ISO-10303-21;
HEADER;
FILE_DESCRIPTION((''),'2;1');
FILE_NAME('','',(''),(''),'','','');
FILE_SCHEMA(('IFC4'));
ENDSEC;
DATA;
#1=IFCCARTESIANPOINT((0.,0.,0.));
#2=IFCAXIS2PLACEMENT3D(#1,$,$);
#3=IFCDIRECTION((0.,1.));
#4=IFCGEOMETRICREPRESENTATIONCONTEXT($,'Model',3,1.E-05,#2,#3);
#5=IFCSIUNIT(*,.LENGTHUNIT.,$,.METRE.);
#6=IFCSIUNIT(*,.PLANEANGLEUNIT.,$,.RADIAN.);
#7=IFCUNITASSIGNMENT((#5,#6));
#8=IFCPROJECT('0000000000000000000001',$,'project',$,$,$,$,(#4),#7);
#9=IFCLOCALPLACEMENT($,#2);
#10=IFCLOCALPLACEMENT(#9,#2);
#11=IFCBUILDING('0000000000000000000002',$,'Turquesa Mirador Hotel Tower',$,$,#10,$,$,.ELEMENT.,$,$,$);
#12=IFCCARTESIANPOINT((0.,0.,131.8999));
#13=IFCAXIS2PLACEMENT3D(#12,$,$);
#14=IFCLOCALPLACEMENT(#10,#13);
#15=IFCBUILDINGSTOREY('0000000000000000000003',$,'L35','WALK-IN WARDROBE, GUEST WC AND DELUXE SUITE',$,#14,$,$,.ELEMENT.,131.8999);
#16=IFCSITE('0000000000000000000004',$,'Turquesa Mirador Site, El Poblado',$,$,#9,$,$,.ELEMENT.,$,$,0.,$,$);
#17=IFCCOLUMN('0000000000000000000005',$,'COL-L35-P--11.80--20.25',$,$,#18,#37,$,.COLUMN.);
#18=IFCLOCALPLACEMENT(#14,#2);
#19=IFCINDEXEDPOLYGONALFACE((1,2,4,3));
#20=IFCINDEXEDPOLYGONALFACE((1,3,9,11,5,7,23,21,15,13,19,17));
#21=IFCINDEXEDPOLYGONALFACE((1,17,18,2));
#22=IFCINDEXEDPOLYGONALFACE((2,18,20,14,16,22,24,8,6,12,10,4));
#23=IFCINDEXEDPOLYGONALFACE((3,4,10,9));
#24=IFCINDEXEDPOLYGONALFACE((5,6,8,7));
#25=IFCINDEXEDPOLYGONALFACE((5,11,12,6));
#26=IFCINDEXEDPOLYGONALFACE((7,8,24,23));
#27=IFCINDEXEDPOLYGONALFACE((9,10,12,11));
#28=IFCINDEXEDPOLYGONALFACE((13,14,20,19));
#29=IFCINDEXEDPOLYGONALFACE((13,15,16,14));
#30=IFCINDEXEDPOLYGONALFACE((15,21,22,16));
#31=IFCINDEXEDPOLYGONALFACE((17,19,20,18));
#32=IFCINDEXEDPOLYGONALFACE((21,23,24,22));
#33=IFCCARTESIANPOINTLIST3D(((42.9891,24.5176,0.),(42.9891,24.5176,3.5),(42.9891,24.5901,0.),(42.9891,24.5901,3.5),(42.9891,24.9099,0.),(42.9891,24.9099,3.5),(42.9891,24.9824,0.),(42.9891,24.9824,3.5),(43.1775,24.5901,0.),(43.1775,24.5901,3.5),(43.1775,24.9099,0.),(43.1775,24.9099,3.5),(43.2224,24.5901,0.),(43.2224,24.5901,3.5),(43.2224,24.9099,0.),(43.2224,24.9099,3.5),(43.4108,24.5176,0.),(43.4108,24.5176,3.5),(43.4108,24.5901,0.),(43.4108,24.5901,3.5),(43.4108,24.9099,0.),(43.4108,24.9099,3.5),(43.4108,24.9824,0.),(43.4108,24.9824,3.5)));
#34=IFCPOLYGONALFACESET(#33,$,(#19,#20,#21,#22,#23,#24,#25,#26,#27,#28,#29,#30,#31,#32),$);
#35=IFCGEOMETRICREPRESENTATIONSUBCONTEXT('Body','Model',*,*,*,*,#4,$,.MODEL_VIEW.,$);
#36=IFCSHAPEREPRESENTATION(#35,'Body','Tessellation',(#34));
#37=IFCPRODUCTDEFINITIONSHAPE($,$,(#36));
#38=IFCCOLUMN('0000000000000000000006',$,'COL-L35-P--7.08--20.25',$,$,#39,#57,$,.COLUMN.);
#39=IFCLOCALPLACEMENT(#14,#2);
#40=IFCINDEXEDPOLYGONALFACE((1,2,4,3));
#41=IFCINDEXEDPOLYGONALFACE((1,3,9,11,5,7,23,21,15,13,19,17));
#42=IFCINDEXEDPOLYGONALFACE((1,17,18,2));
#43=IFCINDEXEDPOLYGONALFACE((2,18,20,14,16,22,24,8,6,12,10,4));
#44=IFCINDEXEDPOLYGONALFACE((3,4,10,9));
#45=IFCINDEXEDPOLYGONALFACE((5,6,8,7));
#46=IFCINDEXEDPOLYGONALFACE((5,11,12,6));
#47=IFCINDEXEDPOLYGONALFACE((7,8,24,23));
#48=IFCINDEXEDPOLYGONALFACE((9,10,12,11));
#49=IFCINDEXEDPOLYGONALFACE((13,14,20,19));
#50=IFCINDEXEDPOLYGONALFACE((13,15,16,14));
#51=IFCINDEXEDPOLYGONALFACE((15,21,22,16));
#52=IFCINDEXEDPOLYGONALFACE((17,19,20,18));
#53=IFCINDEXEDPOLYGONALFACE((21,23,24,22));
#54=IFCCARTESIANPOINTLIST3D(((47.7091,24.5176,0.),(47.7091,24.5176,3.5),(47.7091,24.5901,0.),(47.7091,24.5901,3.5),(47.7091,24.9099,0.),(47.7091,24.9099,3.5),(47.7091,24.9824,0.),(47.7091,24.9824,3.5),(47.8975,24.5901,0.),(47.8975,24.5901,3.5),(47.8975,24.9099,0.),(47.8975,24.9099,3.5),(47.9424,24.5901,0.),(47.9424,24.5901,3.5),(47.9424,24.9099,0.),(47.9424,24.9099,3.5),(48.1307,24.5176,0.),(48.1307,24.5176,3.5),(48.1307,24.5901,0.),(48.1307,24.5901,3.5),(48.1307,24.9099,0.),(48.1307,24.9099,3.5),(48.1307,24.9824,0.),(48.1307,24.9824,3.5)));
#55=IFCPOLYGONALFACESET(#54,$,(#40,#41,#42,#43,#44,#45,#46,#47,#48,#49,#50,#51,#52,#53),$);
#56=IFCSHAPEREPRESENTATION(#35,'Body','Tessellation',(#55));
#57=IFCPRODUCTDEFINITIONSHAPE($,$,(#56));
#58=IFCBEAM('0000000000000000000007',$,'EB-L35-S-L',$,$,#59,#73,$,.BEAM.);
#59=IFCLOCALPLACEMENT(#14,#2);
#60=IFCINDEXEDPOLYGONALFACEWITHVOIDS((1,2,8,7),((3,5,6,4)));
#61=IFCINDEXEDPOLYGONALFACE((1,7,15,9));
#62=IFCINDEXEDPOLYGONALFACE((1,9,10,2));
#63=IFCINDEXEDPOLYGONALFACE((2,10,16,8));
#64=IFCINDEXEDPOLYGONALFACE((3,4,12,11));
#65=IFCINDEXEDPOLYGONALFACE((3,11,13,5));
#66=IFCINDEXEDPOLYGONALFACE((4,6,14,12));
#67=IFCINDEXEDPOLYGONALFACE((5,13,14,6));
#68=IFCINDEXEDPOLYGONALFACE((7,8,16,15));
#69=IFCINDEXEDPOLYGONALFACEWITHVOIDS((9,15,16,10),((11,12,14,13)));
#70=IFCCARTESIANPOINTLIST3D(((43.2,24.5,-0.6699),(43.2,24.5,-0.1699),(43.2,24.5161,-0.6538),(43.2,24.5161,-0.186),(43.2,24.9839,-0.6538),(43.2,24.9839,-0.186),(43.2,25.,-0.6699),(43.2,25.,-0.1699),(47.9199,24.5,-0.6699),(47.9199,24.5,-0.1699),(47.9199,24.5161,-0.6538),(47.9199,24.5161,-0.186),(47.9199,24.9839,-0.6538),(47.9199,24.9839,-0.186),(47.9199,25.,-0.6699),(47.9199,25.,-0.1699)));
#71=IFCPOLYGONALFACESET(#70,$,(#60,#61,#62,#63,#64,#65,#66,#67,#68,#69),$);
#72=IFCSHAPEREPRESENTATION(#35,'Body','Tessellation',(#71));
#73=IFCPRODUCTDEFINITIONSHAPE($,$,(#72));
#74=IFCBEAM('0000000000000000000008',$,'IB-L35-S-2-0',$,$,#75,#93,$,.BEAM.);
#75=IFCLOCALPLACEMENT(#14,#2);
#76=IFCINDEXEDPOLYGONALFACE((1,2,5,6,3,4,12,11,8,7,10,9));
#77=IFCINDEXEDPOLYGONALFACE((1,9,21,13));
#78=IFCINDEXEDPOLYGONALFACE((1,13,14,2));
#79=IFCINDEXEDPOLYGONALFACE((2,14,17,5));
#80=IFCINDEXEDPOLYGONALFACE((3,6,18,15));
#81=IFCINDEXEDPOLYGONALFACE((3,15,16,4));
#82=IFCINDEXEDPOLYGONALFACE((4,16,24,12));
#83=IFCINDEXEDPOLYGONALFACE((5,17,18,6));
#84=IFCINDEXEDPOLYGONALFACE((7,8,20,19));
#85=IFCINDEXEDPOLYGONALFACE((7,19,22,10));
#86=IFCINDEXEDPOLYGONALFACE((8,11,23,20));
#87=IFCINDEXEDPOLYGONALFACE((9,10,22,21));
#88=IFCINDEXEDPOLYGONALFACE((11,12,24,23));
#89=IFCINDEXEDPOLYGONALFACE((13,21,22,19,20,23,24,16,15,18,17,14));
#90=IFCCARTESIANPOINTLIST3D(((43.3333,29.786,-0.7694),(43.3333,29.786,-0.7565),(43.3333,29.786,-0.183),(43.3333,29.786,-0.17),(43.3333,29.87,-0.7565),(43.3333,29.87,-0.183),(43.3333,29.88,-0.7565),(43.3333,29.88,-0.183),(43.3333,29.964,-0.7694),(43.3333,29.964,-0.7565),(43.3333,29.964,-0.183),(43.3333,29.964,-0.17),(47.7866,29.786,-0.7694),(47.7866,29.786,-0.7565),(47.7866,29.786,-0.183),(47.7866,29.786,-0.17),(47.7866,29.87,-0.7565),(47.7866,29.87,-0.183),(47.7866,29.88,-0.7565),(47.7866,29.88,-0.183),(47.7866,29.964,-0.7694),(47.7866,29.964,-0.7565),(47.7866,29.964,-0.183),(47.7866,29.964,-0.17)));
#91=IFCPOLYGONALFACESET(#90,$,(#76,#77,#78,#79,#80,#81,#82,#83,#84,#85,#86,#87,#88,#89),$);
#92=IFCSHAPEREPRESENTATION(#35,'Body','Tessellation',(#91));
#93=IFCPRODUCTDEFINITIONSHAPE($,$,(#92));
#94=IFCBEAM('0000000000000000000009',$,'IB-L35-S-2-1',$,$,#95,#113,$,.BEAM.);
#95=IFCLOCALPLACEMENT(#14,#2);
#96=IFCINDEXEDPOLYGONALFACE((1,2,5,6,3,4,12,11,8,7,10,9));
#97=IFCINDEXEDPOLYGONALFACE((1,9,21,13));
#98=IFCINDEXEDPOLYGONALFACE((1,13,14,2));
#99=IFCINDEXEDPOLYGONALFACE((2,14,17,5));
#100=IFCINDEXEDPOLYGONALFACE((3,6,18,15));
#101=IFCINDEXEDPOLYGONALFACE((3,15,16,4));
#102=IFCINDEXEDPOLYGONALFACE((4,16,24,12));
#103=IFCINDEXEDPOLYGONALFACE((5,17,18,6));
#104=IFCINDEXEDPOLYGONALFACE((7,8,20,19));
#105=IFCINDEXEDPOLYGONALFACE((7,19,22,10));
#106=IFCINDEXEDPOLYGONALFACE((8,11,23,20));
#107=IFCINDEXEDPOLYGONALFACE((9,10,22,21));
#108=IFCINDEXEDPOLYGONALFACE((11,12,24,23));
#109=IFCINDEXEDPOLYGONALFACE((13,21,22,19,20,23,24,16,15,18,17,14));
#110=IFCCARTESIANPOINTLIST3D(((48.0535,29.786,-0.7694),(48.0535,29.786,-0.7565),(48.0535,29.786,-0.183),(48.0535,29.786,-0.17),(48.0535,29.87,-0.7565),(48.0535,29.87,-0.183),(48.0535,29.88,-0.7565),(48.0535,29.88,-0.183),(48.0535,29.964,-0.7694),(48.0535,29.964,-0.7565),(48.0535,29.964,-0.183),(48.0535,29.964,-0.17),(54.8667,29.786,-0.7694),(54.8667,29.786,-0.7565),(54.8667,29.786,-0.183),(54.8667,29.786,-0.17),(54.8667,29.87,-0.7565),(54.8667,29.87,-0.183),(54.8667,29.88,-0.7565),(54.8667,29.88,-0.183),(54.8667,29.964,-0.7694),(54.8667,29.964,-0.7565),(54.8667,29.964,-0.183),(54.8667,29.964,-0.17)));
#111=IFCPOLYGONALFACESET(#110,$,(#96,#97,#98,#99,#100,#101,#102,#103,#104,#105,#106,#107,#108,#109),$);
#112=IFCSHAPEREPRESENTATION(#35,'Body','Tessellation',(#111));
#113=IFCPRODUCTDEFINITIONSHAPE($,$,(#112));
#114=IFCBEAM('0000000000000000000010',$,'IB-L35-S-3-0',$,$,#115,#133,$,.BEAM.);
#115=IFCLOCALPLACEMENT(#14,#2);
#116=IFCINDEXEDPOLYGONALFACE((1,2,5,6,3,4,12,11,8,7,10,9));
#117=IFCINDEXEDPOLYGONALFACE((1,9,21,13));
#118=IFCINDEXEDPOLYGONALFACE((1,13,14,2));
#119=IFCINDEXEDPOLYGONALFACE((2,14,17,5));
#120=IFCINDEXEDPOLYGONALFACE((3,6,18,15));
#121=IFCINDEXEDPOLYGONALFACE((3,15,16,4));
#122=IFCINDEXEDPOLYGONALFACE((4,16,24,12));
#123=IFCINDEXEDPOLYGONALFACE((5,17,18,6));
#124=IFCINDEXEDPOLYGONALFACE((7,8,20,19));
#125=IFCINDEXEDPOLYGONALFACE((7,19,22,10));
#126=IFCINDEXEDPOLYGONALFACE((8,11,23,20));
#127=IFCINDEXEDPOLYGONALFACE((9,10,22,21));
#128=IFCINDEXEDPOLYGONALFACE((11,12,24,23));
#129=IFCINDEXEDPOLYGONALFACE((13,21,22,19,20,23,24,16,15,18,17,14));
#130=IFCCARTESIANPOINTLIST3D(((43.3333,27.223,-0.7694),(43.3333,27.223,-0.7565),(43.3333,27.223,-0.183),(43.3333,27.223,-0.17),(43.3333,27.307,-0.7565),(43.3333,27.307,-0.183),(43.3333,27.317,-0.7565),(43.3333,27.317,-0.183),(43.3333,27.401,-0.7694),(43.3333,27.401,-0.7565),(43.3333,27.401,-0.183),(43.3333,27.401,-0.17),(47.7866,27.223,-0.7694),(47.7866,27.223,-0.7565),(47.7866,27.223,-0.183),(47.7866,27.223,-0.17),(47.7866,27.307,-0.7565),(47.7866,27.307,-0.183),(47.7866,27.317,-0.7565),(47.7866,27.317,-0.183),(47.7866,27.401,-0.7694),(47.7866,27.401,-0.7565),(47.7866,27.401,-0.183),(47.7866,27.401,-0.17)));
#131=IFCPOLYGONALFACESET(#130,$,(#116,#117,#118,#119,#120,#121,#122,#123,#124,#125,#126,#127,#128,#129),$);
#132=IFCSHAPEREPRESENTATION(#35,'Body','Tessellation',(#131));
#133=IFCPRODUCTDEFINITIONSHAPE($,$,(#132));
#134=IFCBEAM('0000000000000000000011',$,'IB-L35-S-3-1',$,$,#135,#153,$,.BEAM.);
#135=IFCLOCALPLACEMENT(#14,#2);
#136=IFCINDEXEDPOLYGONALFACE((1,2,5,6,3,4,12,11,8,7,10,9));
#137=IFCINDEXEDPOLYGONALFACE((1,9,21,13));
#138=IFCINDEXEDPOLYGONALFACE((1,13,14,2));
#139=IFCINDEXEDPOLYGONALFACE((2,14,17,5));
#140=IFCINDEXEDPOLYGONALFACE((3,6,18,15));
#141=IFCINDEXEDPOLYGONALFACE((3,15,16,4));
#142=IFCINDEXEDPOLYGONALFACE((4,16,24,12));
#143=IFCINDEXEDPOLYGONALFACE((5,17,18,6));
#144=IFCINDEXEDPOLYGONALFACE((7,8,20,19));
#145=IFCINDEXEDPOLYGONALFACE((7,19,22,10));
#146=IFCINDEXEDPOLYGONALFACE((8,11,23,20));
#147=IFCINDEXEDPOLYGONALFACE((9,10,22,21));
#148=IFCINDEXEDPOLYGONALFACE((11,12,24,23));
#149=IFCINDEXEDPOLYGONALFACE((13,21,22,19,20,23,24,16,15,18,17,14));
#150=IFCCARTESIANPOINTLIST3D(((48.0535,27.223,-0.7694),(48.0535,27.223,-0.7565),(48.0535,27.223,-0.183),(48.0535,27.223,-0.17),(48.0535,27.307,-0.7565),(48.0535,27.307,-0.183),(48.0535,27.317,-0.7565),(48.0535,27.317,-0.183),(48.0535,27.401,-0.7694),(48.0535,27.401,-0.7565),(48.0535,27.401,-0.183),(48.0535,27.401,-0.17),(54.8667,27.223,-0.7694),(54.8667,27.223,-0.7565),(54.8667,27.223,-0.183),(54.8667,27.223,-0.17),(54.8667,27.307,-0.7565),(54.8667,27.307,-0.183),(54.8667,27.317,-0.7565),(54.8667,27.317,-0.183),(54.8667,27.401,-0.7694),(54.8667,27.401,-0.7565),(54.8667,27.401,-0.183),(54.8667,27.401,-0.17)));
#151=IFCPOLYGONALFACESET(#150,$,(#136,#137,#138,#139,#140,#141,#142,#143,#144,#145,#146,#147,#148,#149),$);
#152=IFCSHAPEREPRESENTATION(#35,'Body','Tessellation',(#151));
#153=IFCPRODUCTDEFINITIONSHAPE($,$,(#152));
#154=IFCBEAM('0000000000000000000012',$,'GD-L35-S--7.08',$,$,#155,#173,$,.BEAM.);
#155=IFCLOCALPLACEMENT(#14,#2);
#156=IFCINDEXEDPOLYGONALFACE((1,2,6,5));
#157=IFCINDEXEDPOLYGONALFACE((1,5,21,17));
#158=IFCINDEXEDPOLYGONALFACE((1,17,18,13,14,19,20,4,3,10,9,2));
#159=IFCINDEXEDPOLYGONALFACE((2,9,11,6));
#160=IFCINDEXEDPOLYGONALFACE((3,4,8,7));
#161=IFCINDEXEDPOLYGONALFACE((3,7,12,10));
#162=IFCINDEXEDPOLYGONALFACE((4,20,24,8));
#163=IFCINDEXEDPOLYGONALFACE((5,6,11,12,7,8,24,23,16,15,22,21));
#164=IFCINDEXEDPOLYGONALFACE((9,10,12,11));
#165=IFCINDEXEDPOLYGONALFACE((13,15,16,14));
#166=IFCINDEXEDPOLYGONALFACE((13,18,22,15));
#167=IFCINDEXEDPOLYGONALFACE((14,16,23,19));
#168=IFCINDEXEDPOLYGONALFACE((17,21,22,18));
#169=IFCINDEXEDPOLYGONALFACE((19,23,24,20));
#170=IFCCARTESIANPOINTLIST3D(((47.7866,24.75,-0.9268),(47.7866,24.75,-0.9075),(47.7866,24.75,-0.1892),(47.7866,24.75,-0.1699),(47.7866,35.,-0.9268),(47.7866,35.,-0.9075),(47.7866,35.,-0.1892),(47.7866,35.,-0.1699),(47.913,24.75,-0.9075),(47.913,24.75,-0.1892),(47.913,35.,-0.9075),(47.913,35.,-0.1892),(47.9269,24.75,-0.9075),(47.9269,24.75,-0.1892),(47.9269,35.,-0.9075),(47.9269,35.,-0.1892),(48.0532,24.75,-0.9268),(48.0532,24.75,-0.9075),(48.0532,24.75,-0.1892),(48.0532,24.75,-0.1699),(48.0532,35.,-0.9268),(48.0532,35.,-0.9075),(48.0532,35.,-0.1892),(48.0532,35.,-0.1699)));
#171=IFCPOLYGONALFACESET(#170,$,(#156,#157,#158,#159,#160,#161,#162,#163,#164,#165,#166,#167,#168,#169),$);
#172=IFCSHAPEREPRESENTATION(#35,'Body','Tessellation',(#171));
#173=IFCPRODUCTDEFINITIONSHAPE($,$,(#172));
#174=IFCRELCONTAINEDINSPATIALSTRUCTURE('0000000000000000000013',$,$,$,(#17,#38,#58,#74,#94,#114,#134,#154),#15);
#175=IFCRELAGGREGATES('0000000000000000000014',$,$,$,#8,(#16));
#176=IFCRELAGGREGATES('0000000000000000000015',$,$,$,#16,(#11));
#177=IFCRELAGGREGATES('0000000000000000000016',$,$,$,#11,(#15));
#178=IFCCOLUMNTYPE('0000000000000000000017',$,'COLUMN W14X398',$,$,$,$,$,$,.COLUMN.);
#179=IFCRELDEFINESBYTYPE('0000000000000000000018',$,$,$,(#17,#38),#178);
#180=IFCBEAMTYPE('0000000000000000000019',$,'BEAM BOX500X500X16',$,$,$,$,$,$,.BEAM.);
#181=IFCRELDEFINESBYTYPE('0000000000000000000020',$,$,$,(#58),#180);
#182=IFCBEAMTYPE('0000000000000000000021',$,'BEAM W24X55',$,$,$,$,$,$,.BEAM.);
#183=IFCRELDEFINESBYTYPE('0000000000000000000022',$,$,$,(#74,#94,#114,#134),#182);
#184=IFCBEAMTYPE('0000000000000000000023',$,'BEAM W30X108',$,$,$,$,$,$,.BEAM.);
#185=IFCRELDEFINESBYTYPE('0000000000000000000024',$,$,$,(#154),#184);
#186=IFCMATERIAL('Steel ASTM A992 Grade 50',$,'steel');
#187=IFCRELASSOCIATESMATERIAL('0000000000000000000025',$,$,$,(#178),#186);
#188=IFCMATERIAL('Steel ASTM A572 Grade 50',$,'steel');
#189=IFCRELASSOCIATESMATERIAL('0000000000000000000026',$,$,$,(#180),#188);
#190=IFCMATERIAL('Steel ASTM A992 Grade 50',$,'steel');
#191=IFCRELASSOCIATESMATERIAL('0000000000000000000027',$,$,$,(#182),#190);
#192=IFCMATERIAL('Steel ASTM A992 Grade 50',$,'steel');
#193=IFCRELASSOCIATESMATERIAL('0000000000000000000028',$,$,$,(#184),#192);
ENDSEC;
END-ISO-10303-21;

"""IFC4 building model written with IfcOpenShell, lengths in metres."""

from ifc_helpers import new_model, si_unit, direction, frame, origin, origin_2d, place, context, subcontext, project, spatial, hollow_rectangle, i_section, extrude, material, material_profile, profile_set, type_object, element, save


model = new_model("IFC4")

# Units and contexts
model_context = context("Model", 3, precision=1e-05, world=origin(), true_north=direction((0.0, 1.0)))
body_context = subcontext(model_context, "Body", "Model", "MODEL_VIEW")
ifc_project = project(units=[si_unit("LENGTHUNIT", "METRE"), si_unit("PLANEANGLEUNIT", "RADIAN")], contexts=[model_context])

# Site, building, storey
site_placement = place(None, origin())
site = spatial("IfcSite", under=ifc_project, at=site_placement, Name="Turquesa Mirador Site, El Poblado", CompositionType="ELEMENT", RefElevation=0.0)
building_placement = place(site_placement, origin())
building = spatial("IfcBuilding", under=site, at=building_placement, Name="Turquesa Mirador Hotel Tower", CompositionType="ELEMENT")
storey_placement = place(building_placement, frame((0.0, 0.0, 131.8999)))
storey = spatial("IfcBuildingStorey", under=building, at=storey_placement, Name="L35", Description="WALK-IN WARDROBE, GUEST WC AND DELUXE SUITE", CompositionType="ELEMENT", Elevation=131.8999)

# Columns
ifc_material_1 = material(Name="Steel ASTM A992 Grade 50", Category="steel")
ifc_material_profile_1 = material_profile(ifc_material_1, i_section(OverallWidth=0.4216, OverallDepth=0.4648, WebThickness=0.0449, FlangeThickness=0.0725, at=origin_2d()), Name="W14X398")
ifc_profile_set_1 = profile_set([ifc_material_profile_1], Name="Steel ASTM A992 Grade 50")
column_type = type_object("IfcColumnType", Name="COLUMN W14X398", PredefinedType="COLUMN", material=ifc_profile_set_1)
for number, where, z_axis, x_axis, name in (
    (1, (43.2, 24.75, 0.0), (0.0, 0.0, 1.0), (1.0, 0.0, 0.0), "COL-L35-P--11.80--20.25"),
    (2, (47.9199, 24.75, 0.0), (0.0, 0.0, 1.0), (1.0, 0.0, 0.0), "COL-L35-P--7.08--20.25"),
):
    element("IfcColumn", number, at=place(storey_placement, frame(where, z_axis=z_axis, x_axis=x_axis)), inside=storey, type_object=column_type, Name=name, PredefinedType="COLUMN", context=body_context, shape_type="SweptSolid", body=[
        extrude(i_section(OverallWidth=0.4216, OverallDepth=0.4648, WebThickness=0.0449, FlangeThickness=0.0725, at=origin_2d()), origin(), (0.0, 0.0, 1.0), 3.5),
    ])

# Beams
ifc_material_2 = material(Name="Steel ASTM A572 Grade 50", Category="steel")
ifc_material_profile_2 = material_profile(ifc_material_2, hollow_rectangle(XDim=0.5, YDim=0.5, WallThickness=0.0161, at=origin_2d()), Name="BOX500X500X16")
ifc_profile_set_2 = profile_set([ifc_material_profile_2], Name="Steel ASTM A572 Grade 50")
beam_type_1 = type_object("IfcBeamType", Name="BEAM BOX500X500X16", PredefinedType="BEAM", material=ifc_profile_set_2)
beam_1_placement = place(storey_placement, frame((43.2, 24.75, -0.4199), z_axis=(1.0, 0.0, 0.0), x_axis=(0.0, 1.0, 0.0)))
element("IfcBeam", 3, at=beam_1_placement, inside=storey, type_object=beam_type_1, Name="EB-L35-S-L", PredefinedType="BEAM", context=body_context, shape_type="SweptSolid", body=[
    extrude(hollow_rectangle(XDim=0.5, YDim=0.5, WallThickness=0.0161, at=origin_2d()), origin(), (0.0, 0.0, 1.0), 4.72),
])
ifc_material_3 = material(Name="Steel ASTM A992 Grade 50", Category="steel")
ifc_material_profile_3 = material_profile(ifc_material_3, i_section(OverallWidth=0.178, OverallDepth=0.5994, WebThickness=0.01, FlangeThickness=0.0129, at=origin_2d()), Name="W24X55")
ifc_profile_set_3 = profile_set([ifc_material_profile_3], Name="Steel ASTM A992 Grade 50")
beam_type_2 = type_object("IfcBeamType", Name="BEAM W24X55", PredefinedType="BEAM", material=ifc_profile_set_3)
beam_2_placement = place(storey_placement, frame((43.3333, 29.875, -0.4697), z_axis=(1.0, 0.0, 0.0), x_axis=(0.0, 1.0, 0.0)))
element("IfcBeam", 4, at=beam_2_placement, inside=storey, type_object=beam_type_2, Name="IB-L35-S-2-0", PredefinedType="BEAM", context=body_context, shape_type="SweptSolid", body=[
    extrude(i_section(OverallWidth=0.178, OverallDepth=0.5994, WebThickness=0.01, FlangeThickness=0.0129, at=origin_2d()), origin(), (0.0, 0.0, 1.0), 4.4534),
])
beam_3_placement = place(storey_placement, frame((48.0535, 29.875, -0.4697), z_axis=(1.0, 0.0, 0.0), x_axis=(0.0, 1.0, 0.0)))
element("IfcBeam", 5, at=beam_3_placement, inside=storey, type_object=beam_type_2, Name="IB-L35-S-2-1", PredefinedType="BEAM", context=body_context, shape_type="SweptSolid", body=[
    extrude(i_section(OverallWidth=0.178, OverallDepth=0.5994, WebThickness=0.01, FlangeThickness=0.0129, at=origin_2d()), origin(), (0.0, 0.0, 1.0), 6.8132),
])
beam_4_placement = place(storey_placement, frame((43.3333, 27.312, -0.4697), z_axis=(1.0, 0.0, 0.0), x_axis=(0.0, 1.0, 0.0)))
element("IfcBeam", 6, at=beam_4_placement, inside=storey, type_object=beam_type_2, Name="IB-L35-S-3-0", PredefinedType="BEAM", context=body_context, shape_type="SweptSolid", body=[
    extrude(i_section(OverallWidth=0.178, OverallDepth=0.5994, WebThickness=0.01, FlangeThickness=0.0129, at=origin_2d()), origin(), (0.0, 0.0, 1.0), 4.4534),
])
beam_5_placement = place(storey_placement, frame((48.0535, 27.312, -0.4697), z_axis=(1.0, 0.0, 0.0), x_axis=(0.0, 1.0, 0.0)))
element("IfcBeam", 7, at=beam_5_placement, inside=storey, type_object=beam_type_2, Name="IB-L35-S-3-1", PredefinedType="BEAM", context=body_context, shape_type="SweptSolid", body=[
    extrude(i_section(OverallWidth=0.178, OverallDepth=0.5994, WebThickness=0.01, FlangeThickness=0.0129, at=origin_2d()), origin(), (0.0, 0.0, 1.0), 6.8132),
])
ifc_material_4 = material(Name="Steel ASTM A992 Grade 50", Category="steel")
ifc_material_profile_4 = material_profile(ifc_material_4, i_section(OverallWidth=0.2666, OverallDepth=0.7568, WebThickness=0.0139, FlangeThickness=0.0193, at=origin_2d()), Name="W30X108")
ifc_profile_set_4 = profile_set([ifc_material_profile_4], Name="Steel ASTM A992 Grade 50")
beam_type_3 = type_object("IfcBeamType", Name="BEAM W30X108", PredefinedType="BEAM", material=ifc_profile_set_4)
beam_6_placement = place(storey_placement, frame((47.9199, 24.75, -0.5483), z_axis=(0.0, 1.0, 0.0), x_axis=(-1.0, 0.0, 0.0)))
element("IfcBeam", 8, at=beam_6_placement, inside=storey, type_object=beam_type_3, Name="GD-L35-S--7.08", PredefinedType="BEAM", context=body_context, shape_type="SweptSolid", body=[
    extrude(i_section(OverallWidth=0.2666, OverallDepth=0.7568, WebThickness=0.0139, FlangeThickness=0.0193, at=origin_2d()), origin(), (0.0, 0.0, 1.0), 10.25),
])

save(model, "model.ifc")
